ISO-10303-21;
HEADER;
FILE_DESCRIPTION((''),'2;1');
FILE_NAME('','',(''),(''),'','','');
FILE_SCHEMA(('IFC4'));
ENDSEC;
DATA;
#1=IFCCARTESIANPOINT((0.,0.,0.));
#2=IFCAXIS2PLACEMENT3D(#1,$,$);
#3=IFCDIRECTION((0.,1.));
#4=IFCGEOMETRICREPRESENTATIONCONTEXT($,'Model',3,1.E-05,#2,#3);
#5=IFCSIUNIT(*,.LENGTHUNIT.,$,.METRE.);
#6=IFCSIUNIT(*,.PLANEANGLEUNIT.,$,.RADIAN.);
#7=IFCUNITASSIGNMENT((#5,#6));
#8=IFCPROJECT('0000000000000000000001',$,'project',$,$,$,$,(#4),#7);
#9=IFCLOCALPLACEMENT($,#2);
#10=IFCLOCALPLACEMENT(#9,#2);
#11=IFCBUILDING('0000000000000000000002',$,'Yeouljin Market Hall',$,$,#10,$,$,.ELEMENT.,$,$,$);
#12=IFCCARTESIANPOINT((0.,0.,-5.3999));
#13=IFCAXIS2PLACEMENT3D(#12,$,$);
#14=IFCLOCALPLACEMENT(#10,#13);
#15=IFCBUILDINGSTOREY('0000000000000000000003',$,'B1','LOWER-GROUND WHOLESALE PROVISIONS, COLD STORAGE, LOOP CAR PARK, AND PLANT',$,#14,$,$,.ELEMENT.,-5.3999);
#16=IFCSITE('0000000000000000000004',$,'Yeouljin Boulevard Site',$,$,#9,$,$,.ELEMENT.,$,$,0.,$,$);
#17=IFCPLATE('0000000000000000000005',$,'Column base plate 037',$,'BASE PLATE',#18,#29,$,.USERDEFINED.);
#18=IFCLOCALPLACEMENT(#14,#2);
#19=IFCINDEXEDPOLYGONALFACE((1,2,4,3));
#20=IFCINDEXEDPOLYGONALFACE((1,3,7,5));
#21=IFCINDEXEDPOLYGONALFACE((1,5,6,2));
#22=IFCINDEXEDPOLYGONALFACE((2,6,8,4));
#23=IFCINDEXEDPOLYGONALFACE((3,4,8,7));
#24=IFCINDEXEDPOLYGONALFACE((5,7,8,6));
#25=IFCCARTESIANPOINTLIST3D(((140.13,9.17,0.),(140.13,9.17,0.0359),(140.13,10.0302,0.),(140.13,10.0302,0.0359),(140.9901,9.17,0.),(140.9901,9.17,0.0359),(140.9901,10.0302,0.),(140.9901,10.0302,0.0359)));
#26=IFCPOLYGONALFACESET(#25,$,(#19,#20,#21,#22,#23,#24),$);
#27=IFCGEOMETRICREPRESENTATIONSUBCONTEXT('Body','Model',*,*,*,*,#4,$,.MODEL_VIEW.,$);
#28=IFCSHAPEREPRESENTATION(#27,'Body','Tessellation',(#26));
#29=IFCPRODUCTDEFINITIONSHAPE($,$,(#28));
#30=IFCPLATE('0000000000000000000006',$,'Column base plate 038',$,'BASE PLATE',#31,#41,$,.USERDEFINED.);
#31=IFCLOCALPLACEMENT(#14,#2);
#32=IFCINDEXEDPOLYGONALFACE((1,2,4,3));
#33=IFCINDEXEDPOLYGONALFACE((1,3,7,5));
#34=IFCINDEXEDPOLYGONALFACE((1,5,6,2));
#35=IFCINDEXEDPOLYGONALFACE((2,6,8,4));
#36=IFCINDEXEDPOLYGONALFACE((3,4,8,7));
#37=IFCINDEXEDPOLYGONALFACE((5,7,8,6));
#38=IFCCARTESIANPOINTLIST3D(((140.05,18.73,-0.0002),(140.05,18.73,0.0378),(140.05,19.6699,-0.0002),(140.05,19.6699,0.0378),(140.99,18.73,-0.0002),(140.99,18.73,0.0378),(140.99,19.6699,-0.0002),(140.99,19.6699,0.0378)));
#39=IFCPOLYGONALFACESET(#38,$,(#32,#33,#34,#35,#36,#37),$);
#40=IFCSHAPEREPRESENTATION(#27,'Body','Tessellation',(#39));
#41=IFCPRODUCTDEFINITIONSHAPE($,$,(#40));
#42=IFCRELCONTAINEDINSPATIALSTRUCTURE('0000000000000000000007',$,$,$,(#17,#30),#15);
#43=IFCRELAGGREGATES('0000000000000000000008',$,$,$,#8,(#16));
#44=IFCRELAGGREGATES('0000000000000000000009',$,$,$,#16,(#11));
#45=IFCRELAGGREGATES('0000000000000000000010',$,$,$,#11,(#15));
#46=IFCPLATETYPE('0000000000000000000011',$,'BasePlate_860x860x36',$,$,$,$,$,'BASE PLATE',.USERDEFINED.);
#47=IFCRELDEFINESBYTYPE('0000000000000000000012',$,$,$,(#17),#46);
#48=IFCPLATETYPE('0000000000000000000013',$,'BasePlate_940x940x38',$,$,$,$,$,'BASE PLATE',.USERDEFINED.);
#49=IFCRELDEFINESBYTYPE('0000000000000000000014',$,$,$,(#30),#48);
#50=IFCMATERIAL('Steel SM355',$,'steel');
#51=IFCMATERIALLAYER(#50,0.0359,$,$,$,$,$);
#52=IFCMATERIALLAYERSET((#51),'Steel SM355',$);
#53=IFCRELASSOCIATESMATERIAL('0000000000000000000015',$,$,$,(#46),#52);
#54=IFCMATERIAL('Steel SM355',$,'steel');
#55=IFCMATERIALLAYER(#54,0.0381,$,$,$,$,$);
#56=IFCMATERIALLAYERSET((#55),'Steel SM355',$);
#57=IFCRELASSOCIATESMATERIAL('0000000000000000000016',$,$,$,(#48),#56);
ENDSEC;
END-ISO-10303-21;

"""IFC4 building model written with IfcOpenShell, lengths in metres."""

from ifc_helpers import new_model, si_unit, direction, frame, origin, origin_2d, place, context, subcontext, project, spatial, rectangle, extrude, material, layer, layer_set, type_object, element, save


model = new_model("IFC4")

# Units and contexts
model_context = context("Model", 3, precision=1e-05, world=origin(), true_north=direction((0.0, 1.0)))
body_context = subcontext(model_context, "Body", "Model", "MODEL_VIEW")
ifc_project = project(units=[si_unit("LENGTHUNIT", "METRE"), si_unit("PLANEANGLEUNIT", "RADIAN")], contexts=[model_context])

# Site, building, storey
site_placement = place(None, origin())
site = spatial("IfcSite", under=ifc_project, at=site_placement, Name="Yeouljin Boulevard Site", CompositionType="ELEMENT", RefElevation=0.0)
building_placement = place(site_placement, origin())
building = spatial("IfcBuilding", under=site, at=building_placement, Name="Yeouljin Market Hall", CompositionType="ELEMENT")
storey_placement = place(building_placement, frame((0.0, 0.0, -5.3999)))
storey = spatial("IfcBuildingStorey", under=building, at=storey_placement, Name="B1", Description="LOWER-GROUND WHOLESALE PROVISIONS, COLD STORAGE, LOOP CAR PARK, AND PLANT", CompositionType="ELEMENT", Elevation=-5.3999)

# Plates
ifc_material_1 = material(Name="Steel SM355", Category="steel")
ifc_layer_1 = layer(ifc_material_1, 0.0359)
ifc_layer_set_1 = layer_set([ifc_layer_1], Name="Steel SM355")
plate_type_1 = type_object("IfcPlateType", Name="BasePlate_860x860x36", ElementType="BASE PLATE", PredefinedType="USERDEFINED", material=ifc_layer_set_1)
plate_1_placement = place(storey_placement, frame((140.5601, 9.6001, 0.0), z_axis=(0.0, 0.0, 1.0), x_axis=(1.0, 0.0, 0.0)))
element("IfcPlate", 1, at=plate_1_placement, inside=storey, type_object=plate_type_1, Name="Column base plate 037", ObjectType="BASE PLATE", PredefinedType="USERDEFINED", context=body_context, shape_type="SweptSolid", body=[
    extrude(rectangle(XDim=0.8601, YDim=0.8601, at=origin_2d()), origin(), (0.0, 0.0, 1.0), 0.0359),
])
ifc_material_2 = material(Name="Steel SM355", Category="steel")
ifc_layer_2 = layer(ifc_material_2, 0.0381)
ifc_layer_set_2 = layer_set([ifc_layer_2], Name="Steel SM355")
plate_type_2 = type_object("IfcPlateType", Name="BasePlate_940x940x38", ElementType="BASE PLATE", PredefinedType="USERDEFINED", material=ifc_layer_set_2)
plate_2_placement = place(storey_placement, frame((140.52, 19.2, -0.0002), z_axis=(0.0, 0.0, 1.0), x_axis=(1.0, 0.0, 0.0)))
element("IfcPlate", 2, at=plate_2_placement, inside=storey, type_object=plate_type_2, Name="Column base plate 038", ObjectType="BASE PLATE", PredefinedType="USERDEFINED", context=body_context, shape_type="SweptSolid", body=[
    extrude(rectangle(XDim=0.9399, YDim=0.9399, at=origin_2d()), origin(), (0.0, 0.0, 1.0), 0.0381),
])

save(model, "model.ifc")
